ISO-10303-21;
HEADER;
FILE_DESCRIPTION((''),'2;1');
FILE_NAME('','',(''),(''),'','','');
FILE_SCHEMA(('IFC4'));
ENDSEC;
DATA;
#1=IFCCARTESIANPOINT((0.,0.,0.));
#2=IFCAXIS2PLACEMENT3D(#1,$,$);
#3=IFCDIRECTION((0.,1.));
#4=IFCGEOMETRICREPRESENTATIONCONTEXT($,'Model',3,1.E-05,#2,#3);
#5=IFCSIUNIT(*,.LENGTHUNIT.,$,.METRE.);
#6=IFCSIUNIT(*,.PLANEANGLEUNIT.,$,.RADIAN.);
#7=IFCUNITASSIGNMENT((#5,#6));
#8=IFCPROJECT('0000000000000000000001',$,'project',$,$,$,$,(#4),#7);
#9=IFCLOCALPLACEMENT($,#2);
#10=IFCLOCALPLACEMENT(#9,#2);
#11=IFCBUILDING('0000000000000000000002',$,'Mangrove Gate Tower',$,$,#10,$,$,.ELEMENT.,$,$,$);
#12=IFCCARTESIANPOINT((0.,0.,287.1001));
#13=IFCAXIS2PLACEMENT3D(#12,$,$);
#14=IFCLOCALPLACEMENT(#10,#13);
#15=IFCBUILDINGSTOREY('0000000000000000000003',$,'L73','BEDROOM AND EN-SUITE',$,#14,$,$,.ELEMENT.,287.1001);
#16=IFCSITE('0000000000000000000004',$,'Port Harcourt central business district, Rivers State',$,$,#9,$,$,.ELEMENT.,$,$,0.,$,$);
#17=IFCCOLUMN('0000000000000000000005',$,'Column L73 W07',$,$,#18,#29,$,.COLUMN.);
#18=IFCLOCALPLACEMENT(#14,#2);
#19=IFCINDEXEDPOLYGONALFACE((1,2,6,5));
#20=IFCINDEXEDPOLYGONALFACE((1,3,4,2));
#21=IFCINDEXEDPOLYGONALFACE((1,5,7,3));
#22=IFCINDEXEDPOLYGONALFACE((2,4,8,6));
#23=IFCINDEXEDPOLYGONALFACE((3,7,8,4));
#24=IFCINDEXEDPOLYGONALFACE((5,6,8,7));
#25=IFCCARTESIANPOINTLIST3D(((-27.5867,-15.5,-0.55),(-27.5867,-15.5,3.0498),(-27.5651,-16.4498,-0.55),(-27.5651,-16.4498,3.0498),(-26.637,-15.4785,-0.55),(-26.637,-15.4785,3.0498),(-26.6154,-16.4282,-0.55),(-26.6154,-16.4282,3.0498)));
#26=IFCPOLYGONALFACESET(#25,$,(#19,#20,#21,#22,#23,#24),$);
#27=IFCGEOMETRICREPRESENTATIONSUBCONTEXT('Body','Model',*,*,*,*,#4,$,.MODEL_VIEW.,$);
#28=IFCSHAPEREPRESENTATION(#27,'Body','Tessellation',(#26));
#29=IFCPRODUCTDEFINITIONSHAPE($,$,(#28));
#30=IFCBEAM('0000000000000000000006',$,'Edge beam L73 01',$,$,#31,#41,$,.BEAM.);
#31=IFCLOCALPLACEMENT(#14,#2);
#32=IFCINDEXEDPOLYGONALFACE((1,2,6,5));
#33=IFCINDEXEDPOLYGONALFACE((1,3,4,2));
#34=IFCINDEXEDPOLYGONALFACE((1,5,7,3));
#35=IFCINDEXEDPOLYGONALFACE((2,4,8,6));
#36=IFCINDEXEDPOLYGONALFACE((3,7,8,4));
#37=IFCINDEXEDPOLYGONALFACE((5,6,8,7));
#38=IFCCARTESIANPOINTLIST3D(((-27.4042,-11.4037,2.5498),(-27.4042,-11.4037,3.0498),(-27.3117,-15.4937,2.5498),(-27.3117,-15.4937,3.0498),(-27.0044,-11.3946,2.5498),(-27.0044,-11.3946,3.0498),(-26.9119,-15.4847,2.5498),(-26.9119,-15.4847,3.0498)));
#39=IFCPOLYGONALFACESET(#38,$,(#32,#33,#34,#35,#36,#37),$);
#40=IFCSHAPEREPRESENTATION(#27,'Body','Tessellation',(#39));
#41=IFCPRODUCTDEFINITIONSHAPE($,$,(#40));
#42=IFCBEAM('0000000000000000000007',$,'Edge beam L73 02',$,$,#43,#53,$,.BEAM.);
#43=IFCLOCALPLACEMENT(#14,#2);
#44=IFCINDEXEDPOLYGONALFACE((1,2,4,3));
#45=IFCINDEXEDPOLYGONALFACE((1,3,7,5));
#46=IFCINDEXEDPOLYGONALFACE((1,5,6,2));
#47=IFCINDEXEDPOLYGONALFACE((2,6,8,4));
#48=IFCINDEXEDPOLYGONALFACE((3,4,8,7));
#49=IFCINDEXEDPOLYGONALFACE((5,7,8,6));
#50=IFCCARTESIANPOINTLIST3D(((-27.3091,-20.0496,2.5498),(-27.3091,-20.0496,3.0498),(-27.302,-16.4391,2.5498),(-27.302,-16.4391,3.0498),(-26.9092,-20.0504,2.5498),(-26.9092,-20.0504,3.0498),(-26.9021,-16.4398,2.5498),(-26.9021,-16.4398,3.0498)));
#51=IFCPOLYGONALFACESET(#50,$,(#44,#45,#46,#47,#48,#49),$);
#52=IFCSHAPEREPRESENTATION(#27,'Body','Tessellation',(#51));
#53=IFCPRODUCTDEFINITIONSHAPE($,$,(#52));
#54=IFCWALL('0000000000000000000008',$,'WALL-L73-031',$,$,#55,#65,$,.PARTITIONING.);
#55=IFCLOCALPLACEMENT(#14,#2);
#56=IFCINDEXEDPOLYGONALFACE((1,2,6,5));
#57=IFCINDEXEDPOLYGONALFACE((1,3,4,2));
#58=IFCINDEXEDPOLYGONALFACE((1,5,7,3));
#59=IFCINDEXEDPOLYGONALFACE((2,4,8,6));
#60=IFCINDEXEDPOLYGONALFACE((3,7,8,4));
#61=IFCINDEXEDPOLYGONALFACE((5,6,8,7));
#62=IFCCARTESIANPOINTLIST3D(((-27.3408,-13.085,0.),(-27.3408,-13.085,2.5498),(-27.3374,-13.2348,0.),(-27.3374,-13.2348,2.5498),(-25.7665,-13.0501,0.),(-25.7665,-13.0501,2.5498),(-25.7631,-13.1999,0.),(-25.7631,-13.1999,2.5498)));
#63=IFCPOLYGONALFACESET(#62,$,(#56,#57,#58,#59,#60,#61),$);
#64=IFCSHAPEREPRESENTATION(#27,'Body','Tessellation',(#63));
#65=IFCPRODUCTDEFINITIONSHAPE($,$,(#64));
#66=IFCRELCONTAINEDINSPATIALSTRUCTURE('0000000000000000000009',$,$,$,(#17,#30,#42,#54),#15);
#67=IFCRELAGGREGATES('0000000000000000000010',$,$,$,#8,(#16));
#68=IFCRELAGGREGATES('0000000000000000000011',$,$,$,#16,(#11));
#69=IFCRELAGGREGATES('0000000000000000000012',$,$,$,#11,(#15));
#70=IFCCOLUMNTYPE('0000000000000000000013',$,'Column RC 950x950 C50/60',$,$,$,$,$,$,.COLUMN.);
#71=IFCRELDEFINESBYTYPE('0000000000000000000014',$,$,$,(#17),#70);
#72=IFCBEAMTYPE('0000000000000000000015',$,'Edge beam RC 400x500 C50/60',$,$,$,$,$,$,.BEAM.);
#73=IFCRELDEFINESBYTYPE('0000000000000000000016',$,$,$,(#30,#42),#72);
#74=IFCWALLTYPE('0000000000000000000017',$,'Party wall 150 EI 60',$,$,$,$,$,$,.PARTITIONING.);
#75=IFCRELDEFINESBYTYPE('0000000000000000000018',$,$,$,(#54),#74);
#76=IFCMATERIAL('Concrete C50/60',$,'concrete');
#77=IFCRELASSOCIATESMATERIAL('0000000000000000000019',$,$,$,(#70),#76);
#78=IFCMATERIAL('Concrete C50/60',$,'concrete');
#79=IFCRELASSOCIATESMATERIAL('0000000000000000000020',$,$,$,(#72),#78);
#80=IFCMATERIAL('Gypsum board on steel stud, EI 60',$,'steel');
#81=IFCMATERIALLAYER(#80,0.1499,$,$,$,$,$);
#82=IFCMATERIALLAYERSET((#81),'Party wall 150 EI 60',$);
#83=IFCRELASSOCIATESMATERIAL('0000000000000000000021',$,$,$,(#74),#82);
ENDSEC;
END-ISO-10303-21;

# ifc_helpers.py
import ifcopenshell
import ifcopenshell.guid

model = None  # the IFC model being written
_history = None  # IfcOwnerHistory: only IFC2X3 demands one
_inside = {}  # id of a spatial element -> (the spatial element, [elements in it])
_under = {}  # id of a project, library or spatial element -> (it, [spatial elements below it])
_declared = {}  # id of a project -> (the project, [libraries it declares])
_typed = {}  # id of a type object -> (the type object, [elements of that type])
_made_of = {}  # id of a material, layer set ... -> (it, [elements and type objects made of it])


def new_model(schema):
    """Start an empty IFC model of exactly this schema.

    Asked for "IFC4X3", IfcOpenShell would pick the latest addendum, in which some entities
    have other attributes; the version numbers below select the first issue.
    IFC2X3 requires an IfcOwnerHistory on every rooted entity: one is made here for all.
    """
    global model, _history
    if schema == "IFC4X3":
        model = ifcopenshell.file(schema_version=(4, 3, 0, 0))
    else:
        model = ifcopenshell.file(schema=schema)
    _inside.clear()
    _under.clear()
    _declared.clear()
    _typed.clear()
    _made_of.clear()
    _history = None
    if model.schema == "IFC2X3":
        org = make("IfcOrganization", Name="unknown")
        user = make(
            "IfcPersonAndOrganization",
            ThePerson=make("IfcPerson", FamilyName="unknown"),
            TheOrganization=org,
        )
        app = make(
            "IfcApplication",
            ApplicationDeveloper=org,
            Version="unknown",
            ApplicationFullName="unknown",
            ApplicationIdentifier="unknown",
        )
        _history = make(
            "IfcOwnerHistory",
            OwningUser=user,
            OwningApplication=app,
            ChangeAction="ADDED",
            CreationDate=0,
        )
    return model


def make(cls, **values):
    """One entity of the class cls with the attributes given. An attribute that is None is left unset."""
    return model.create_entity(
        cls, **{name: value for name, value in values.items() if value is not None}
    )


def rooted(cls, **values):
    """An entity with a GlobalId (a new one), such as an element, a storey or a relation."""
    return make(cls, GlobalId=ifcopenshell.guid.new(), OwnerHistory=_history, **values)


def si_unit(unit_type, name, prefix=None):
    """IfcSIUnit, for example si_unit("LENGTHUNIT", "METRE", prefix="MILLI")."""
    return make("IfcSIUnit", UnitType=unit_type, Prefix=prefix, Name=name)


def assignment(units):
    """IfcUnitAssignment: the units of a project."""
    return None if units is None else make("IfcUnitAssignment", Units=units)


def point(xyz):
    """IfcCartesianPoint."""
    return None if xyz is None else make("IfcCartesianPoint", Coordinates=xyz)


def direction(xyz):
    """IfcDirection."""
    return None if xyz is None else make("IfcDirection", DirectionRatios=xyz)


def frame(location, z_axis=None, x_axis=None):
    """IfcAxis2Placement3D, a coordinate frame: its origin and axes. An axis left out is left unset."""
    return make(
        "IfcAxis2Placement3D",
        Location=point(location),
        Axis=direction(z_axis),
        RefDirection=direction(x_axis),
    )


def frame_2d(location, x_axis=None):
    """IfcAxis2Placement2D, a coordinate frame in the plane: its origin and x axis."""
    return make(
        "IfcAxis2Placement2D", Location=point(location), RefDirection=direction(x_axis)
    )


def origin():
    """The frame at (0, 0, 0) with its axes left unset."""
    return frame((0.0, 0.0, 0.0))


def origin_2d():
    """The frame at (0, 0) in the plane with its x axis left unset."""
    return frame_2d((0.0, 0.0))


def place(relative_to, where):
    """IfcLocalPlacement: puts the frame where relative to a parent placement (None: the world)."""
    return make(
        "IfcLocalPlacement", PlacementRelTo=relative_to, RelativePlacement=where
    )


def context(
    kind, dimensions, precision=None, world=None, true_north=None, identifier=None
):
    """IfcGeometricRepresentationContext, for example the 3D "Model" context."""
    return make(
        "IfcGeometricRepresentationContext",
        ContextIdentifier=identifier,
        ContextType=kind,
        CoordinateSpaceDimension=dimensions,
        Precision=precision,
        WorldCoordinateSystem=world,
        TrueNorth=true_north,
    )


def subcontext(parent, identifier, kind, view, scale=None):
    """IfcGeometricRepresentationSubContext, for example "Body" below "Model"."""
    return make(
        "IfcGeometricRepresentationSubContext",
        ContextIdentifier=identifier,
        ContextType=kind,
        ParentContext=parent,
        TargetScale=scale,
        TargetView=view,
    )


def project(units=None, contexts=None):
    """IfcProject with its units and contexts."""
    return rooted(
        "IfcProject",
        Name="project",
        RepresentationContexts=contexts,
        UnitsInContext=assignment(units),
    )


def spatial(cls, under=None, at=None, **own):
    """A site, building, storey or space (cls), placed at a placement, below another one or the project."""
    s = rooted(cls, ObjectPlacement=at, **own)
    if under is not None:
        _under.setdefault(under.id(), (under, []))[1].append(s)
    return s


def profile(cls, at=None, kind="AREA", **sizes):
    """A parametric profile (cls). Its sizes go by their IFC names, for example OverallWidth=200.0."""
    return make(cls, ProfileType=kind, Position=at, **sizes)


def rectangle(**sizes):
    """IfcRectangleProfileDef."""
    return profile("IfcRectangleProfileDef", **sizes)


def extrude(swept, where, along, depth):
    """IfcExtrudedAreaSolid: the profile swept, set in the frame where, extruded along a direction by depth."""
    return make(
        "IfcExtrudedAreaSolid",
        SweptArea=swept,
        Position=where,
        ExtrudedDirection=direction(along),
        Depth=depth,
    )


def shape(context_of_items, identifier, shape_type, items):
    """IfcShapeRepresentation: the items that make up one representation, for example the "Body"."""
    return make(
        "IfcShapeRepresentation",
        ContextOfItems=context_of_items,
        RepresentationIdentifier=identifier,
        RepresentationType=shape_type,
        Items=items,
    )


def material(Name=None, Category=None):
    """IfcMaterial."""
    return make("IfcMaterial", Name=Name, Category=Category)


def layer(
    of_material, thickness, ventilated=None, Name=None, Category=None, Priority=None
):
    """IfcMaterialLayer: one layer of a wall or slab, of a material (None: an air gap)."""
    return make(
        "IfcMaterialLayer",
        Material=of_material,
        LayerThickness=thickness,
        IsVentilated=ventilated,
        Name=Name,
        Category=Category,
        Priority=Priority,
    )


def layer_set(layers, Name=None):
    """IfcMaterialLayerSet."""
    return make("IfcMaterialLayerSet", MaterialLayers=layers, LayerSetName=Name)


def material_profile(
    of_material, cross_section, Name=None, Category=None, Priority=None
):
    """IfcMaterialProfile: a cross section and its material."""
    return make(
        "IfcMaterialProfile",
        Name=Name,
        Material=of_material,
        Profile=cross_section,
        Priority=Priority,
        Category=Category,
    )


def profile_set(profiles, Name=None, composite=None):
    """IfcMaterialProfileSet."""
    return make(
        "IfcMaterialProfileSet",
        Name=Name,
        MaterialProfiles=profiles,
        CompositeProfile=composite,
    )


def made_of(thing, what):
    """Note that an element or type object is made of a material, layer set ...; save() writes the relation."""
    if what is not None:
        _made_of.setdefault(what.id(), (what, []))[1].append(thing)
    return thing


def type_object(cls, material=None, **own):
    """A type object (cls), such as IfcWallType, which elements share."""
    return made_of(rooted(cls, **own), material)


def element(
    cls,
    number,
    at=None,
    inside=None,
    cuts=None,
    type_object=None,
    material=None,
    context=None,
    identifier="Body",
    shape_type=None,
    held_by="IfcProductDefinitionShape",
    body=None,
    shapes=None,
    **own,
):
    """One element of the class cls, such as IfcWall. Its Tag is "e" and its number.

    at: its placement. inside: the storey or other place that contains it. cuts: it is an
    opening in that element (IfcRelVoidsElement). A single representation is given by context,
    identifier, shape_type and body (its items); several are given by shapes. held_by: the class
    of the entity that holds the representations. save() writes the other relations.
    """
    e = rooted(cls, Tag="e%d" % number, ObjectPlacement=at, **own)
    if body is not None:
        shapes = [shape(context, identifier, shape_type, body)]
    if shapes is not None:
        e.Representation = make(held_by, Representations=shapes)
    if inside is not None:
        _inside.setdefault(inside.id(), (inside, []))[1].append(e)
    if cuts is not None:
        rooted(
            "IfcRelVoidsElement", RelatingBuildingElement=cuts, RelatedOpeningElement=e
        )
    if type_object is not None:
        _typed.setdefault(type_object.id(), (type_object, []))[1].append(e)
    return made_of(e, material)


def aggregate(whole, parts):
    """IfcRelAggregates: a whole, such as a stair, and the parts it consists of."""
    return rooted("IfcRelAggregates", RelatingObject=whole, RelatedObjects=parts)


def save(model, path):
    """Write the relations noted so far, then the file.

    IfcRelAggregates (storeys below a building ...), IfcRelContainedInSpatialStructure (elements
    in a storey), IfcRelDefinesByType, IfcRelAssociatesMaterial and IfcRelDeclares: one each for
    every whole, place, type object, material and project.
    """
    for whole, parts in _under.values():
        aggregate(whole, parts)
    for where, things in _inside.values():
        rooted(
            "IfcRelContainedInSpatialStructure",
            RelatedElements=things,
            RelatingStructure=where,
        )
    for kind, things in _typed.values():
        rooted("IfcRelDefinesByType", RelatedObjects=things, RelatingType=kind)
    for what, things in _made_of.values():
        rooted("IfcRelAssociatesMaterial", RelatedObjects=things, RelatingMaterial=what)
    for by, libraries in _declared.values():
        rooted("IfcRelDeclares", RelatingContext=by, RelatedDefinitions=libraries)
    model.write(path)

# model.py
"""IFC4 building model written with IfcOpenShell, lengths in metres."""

from ifc_helpers import new_model, si_unit, direction, frame, frame_2d, origin, origin_2d, place, context, subcontext, project, spatial, rectangle, extrude, material, layer, layer_set, material_profile, profile_set, type_object, element, save


model = new_model("IFC4")

# Units and contexts
model_context = context("Model", 3, precision=1e-05, world=origin(), true_north=direction((0.0, 1.0)))
body_context = subcontext(model_context, "Body", "Model", "MODEL_VIEW")
ifc_project = project(units=[si_unit("LENGTHUNIT", "METRE"), si_unit("PLANEANGLEUNIT", "RADIAN")], contexts=[model_context])

# Site, building, storey
site_placement = place(None, origin())
site = spatial("IfcSite", under=ifc_project, at=site_placement, Name="Port Harcourt central business district, Rivers State", CompositionType="ELEMENT", RefElevation=0.0)
building_placement = place(site_placement, origin())
building = spatial("IfcBuilding", under=site, at=building_placement, Name="Mangrove Gate Tower", CompositionType="ELEMENT")
storey_placement = place(building_placement, frame((0.0, 0.0, 287.1001)))
storey = spatial("IfcBuildingStorey", under=building, at=storey_placement, Name="L73", Description="BEDROOM AND EN-SUITE", CompositionType="ELEMENT", Elevation=287.1001)

# Column
ifc_material_1 = material(Name="Concrete C50/60", Category="concrete")
ifc_material_profile_1 = material_profile(ifc_material_1, rectangle(XDim=0.95, YDim=0.95, at=origin_2d()))
ifc_profile_set_1 = profile_set([ifc_material_profile_1], Name="Concrete C50/60")
column_type = type_object("IfcColumnType", Name="Column RC 950x950 C50/60", PredefinedType="COLUMN", material=ifc_profile_set_1)
column_placement = place(storey_placement, frame((-27.1011, -15.9641, -0.55), z_axis=(0.0, 0.0, 1.0), x_axis=(0.022712, -0.999742, 0.0)))
element("IfcColumn", 1, at=column_placement, inside=storey, type_object=column_type, Name="Column L73 W07", PredefinedType="COLUMN", context=body_context, shape_type="SweptSolid", body=[
    extrude(rectangle(XDim=0.95, YDim=0.95, at=origin_2d()), origin(), (0.0, 0.0, 1.0), 3.5999),
])

# Beams
ifc_material_2 = material(Name="Concrete C50/60", Category="concrete")
ifc_material_profile_2 = material_profile(ifc_material_2, rectangle(XDim=0.3999, YDim=0.5, at=origin_2d()))
ifc_profile_set_2 = profile_set([ifc_material_profile_2], Name="Concrete C50/60")
beam_type = type_object("IfcBeamType", Name="Edge beam RC 400x500 C50/60", PredefinedType="BEAM", material=ifc_profile_set_2)
beam_1_placement = place(storey_placement, frame((-27.2043, -11.3992, 2.7998), z_axis=(0.022617, -0.999744, 0.0), x_axis=(0.999744, 0.022617, 0.0)))
element("IfcBeam", 2, at=beam_1_placement, inside=storey, type_object=beam_type, Name="Edge beam L73 01", PredefinedType="BEAM", context=body_context, shape_type="SweptSolid", body=[
    extrude(rectangle(XDim=0.3999, YDim=0.5, at=origin_2d()), origin(), (0.0, 0.0, 1.0), 4.0911),
])
beam_2_placement = place(storey_placement, frame((-27.1021, -16.4395, 2.7998), z_axis=(-0.001961, -0.999998, 0.0), x_axis=(0.999998, -0.001961, 0.0)))
element("IfcBeam", 3, at=beam_2_placement, inside=storey, type_object=beam_type, Name="Edge beam L73 02", PredefinedType="BEAM", context=body_context, shape_type="SweptSolid", body=[
    extrude(rectangle(XDim=0.3999, YDim=0.5, at=origin_2d()), origin(), (0.0, 0.0, 1.0), 3.6106),
])

# Wall
ifc_material_3 = material(Name="Gypsum board on steel stud, EI 60", Category="steel")
ifc_layer = layer(ifc_material_3, 0.1499)
ifc_layer_set = layer_set([ifc_layer], Name="Party wall 150 EI 60")
wall_type = type_object("IfcWallType", Name="Party wall 150 EI 60", PredefinedType="PARTITIONING", material=ifc_layer_set)
wall_placement = place(storey_placement, frame((-27.3391, -13.1599, 0.0), z_axis=(0.0, 0.0, 1.0), x_axis=(0.999754, 0.022172, 0.0)))
element("IfcWall", 4, at=wall_placement, inside=storey, type_object=wall_type, Name="WALL-L73-031", PredefinedType="PARTITIONING", context=body_context, shape_type="SweptSolid", body=[
    extrude(rectangle(XDim=1.5747, YDim=0.1499, at=frame_2d((0.7874, 0.0))), origin(), (0.0, 0.0, 1.0), 2.5498),
])

save(model, "model.ifc")
